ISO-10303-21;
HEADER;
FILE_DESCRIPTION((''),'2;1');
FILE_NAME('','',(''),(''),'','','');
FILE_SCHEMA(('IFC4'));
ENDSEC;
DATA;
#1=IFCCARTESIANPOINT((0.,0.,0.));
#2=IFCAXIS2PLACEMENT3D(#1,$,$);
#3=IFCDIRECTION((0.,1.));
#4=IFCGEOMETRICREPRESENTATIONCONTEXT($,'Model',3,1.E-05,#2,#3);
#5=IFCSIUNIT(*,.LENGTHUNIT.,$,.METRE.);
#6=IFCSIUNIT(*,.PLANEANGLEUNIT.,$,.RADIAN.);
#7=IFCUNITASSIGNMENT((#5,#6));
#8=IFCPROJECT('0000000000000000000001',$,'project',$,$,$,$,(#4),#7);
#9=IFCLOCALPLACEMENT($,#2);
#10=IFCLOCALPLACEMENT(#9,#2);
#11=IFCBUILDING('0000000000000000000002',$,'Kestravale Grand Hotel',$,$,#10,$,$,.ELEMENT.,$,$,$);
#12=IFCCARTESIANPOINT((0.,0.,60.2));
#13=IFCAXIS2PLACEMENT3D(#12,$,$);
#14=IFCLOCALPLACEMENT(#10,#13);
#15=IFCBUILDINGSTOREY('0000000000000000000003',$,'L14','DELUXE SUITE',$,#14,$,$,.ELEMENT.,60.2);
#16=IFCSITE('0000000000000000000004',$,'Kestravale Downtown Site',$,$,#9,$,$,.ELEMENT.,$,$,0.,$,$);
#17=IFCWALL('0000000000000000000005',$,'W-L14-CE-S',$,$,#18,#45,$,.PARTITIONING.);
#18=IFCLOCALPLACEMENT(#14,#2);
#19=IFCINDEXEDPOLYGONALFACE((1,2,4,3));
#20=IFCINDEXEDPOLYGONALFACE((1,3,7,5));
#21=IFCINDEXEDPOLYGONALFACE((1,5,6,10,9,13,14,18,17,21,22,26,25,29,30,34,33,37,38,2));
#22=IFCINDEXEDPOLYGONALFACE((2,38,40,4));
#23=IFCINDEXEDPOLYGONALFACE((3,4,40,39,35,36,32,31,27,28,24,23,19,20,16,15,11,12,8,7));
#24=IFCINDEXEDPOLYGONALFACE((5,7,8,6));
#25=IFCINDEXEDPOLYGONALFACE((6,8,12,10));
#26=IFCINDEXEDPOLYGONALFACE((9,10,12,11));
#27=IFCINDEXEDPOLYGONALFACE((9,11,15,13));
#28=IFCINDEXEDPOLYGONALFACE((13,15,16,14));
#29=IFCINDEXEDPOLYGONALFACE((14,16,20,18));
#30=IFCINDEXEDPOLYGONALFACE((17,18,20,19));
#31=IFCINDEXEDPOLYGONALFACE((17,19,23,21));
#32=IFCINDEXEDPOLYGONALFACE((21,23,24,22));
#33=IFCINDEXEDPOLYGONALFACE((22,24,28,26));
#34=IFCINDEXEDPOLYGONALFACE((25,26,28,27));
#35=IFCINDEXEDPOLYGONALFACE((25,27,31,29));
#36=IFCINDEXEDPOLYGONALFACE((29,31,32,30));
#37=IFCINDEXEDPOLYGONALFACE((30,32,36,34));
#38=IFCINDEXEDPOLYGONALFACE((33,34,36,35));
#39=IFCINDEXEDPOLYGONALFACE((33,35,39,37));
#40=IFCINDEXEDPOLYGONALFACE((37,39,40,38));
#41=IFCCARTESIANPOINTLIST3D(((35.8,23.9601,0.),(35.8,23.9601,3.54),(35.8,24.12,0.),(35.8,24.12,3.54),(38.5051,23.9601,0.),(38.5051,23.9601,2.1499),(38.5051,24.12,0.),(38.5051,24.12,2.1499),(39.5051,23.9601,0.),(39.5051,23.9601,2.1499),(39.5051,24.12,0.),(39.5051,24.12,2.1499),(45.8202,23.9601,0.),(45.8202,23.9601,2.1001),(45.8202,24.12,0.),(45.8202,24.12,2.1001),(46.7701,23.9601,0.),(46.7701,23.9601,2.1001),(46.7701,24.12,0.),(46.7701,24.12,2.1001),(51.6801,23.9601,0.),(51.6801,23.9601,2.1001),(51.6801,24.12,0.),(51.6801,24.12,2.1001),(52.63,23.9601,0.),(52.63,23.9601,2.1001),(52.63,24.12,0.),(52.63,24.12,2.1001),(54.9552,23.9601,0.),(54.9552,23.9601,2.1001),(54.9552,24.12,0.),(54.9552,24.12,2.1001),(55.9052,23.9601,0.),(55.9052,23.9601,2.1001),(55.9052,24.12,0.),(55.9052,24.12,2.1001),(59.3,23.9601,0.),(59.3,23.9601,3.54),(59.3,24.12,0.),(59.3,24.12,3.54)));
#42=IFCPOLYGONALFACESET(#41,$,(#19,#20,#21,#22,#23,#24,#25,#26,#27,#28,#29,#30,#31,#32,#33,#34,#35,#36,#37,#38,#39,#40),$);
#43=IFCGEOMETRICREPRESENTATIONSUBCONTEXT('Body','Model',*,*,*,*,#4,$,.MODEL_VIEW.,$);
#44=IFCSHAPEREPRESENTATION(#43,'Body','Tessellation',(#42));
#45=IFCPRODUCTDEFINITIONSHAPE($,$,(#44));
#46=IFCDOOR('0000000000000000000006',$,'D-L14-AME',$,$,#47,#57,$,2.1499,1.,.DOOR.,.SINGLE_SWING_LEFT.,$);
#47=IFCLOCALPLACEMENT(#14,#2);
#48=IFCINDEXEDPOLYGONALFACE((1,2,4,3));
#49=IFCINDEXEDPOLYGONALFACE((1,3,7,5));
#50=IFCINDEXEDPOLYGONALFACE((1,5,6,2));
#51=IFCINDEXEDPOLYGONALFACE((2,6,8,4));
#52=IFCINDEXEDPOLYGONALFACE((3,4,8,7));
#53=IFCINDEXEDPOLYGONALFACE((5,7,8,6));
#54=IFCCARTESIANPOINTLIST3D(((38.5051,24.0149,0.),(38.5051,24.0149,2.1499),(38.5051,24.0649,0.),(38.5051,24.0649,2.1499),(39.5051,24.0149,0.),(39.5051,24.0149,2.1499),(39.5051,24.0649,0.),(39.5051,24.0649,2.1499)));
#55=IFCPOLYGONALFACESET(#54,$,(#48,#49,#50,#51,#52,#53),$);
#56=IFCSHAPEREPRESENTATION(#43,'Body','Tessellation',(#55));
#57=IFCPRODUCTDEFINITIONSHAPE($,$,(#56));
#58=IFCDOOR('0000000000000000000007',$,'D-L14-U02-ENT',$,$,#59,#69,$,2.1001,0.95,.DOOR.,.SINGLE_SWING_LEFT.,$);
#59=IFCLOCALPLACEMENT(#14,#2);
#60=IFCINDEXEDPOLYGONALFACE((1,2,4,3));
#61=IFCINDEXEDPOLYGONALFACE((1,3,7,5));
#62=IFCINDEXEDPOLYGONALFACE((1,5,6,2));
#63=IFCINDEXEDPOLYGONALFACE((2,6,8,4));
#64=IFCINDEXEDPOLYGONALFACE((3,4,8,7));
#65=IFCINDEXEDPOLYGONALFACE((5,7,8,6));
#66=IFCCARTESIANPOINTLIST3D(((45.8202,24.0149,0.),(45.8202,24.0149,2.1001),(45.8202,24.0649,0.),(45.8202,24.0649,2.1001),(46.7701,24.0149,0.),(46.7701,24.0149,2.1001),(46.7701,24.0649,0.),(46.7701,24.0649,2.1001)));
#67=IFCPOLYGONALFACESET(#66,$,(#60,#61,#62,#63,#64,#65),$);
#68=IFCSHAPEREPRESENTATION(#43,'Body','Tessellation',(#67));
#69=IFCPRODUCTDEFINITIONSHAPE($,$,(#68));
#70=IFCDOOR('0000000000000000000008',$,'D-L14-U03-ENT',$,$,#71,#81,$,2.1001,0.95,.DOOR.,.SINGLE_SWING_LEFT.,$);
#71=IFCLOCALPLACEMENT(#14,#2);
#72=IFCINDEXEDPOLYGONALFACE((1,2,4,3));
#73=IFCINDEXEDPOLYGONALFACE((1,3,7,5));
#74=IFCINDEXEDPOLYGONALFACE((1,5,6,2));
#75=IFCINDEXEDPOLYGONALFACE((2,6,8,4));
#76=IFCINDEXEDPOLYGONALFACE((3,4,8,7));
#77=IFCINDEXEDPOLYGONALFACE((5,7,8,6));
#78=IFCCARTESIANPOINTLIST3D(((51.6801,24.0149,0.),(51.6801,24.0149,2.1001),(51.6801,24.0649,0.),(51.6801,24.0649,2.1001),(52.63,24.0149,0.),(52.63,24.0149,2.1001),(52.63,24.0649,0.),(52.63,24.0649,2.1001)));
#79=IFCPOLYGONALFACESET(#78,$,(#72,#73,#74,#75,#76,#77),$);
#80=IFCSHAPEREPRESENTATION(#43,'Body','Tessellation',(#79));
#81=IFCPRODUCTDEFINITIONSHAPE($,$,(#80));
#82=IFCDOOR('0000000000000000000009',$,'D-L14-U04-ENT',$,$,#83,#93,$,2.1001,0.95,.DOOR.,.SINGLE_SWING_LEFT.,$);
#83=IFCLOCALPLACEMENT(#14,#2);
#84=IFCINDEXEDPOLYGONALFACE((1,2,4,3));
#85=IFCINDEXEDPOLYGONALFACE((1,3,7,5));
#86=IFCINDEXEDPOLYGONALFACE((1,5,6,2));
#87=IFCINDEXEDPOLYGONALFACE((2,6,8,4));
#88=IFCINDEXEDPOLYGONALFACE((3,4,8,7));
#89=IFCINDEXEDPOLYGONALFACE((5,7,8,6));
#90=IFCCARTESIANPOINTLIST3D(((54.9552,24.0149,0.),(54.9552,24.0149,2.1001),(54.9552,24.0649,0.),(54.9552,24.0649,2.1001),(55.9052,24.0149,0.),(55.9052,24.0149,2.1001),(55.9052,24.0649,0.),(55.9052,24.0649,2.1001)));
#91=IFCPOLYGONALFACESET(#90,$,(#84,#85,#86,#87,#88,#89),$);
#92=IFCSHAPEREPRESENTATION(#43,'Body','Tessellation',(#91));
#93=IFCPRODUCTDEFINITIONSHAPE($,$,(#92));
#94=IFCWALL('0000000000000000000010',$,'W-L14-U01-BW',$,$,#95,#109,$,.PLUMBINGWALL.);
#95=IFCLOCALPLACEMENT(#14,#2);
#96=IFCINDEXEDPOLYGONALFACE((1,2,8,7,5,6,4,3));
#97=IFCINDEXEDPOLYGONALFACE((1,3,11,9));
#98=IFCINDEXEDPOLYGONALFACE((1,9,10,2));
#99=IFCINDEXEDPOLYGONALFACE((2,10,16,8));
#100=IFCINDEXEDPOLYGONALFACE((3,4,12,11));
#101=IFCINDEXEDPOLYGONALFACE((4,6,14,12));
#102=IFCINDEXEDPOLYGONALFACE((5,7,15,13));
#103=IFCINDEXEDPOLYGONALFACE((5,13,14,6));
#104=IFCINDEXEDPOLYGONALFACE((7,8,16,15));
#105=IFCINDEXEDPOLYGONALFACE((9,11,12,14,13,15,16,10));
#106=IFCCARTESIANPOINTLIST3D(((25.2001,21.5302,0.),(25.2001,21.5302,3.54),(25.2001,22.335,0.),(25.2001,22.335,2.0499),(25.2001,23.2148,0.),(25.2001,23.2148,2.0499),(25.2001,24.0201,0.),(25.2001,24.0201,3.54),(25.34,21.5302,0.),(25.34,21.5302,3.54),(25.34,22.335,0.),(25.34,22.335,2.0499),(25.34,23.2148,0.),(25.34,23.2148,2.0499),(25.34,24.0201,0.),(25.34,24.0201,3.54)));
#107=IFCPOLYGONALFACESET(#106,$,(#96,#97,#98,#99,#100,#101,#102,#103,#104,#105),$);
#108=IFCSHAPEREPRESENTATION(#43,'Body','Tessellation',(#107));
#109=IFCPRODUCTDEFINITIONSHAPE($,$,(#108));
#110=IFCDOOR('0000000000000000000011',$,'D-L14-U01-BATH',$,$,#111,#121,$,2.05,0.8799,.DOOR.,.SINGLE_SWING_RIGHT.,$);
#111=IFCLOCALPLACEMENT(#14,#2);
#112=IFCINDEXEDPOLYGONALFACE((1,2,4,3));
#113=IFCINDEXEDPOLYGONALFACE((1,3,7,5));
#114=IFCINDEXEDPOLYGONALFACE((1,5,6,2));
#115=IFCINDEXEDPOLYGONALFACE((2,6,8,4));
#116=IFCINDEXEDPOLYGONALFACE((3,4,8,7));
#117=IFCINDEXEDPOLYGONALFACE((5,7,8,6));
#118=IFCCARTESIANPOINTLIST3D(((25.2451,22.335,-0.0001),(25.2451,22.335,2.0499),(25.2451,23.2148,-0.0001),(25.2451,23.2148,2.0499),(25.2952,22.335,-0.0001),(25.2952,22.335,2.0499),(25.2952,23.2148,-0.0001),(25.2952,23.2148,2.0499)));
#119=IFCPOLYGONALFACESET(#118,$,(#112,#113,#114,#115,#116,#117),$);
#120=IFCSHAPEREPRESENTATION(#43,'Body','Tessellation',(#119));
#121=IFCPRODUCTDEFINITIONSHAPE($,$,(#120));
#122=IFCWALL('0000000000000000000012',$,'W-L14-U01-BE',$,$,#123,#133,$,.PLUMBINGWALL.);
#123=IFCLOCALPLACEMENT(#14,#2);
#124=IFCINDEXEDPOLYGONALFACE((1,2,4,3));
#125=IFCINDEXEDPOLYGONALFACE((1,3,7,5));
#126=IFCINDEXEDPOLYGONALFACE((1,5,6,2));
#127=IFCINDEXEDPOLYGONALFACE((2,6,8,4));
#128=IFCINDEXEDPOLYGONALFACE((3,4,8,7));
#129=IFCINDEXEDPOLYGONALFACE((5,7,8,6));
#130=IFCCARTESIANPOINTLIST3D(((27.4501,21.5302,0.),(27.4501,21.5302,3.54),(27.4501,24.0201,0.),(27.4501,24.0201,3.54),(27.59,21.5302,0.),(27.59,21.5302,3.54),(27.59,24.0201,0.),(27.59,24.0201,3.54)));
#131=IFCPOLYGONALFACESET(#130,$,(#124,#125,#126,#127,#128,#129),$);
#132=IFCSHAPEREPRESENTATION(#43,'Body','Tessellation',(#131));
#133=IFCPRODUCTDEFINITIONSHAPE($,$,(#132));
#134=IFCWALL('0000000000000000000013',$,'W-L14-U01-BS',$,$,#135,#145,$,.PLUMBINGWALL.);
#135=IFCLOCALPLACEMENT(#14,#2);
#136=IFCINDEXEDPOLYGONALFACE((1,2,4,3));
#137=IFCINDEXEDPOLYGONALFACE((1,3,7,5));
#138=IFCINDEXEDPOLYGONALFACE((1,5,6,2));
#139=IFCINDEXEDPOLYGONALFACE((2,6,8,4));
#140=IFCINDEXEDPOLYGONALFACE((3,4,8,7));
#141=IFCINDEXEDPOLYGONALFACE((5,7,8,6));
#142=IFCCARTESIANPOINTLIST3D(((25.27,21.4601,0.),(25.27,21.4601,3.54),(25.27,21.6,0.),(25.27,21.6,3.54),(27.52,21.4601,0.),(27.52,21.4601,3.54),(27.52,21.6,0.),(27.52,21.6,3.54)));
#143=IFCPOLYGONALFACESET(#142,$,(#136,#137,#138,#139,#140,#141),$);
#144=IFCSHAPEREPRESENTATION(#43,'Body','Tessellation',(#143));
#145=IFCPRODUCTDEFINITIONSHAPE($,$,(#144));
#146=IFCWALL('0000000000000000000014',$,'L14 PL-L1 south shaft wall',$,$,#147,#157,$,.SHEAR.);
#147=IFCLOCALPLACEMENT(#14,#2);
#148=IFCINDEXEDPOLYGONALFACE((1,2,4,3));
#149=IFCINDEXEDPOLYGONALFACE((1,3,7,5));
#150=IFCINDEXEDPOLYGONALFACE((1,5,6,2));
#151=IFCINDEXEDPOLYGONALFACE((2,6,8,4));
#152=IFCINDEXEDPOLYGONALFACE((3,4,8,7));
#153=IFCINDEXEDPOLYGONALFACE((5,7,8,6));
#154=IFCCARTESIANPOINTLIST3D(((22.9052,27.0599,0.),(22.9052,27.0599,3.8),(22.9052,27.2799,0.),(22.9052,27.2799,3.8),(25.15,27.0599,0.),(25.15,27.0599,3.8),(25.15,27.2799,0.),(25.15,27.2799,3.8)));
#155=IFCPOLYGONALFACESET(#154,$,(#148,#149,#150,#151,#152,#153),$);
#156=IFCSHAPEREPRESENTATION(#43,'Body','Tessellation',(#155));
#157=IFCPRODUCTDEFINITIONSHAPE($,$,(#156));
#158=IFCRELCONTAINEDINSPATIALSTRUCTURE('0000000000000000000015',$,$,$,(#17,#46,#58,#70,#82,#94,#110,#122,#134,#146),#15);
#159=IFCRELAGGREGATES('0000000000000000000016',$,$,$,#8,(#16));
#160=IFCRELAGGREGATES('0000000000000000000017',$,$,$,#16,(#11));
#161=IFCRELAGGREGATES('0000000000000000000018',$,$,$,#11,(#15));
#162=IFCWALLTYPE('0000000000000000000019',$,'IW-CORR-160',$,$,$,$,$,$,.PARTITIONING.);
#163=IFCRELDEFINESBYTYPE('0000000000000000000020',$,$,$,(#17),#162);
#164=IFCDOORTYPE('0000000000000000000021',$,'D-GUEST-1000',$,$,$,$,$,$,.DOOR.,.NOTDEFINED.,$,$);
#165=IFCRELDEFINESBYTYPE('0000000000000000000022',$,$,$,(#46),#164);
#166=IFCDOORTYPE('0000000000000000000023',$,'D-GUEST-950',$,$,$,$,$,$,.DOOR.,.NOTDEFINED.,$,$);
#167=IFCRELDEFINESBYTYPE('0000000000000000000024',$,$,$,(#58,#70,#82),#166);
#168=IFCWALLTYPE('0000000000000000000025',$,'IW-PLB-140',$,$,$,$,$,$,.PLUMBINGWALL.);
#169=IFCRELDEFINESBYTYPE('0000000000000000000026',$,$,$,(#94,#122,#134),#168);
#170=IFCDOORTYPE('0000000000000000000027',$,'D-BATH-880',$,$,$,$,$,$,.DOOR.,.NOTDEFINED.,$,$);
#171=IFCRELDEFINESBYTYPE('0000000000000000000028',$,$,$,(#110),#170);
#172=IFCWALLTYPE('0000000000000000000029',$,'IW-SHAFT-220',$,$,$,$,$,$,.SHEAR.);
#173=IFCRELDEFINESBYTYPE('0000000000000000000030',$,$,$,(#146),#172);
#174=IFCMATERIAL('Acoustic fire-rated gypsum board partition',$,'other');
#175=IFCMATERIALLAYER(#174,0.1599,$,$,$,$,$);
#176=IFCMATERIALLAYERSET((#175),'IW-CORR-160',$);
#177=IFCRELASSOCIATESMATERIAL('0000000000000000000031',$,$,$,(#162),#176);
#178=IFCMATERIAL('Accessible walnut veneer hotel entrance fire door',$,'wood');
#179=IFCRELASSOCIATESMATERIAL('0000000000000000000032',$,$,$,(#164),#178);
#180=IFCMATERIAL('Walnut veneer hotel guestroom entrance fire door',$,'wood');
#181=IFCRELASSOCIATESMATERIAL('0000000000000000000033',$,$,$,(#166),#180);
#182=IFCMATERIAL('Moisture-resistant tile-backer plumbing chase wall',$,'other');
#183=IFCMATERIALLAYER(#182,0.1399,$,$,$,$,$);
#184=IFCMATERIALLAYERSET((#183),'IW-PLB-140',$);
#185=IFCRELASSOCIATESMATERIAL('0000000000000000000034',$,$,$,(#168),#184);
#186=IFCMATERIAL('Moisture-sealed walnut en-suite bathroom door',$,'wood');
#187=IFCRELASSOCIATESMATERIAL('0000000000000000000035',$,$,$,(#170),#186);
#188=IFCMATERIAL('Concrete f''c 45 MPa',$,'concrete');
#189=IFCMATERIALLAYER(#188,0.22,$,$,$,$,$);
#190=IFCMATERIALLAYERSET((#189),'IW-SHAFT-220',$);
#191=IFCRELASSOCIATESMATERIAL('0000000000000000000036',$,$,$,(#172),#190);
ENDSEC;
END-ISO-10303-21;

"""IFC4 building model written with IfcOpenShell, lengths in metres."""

from ifc_helpers import new_model, si_unit, direction, frame, frame_2d, origin, place, context, subcontext, project, spatial, rectangle, extrude, material, layer, layer_set, type_object, element, fill, save


model = new_model("IFC4")

# Units and contexts
model_context = context("Model", 3, precision=1e-05, world=origin(), true_north=direction((0.0, 1.0)))
body_context = subcontext(model_context, "Body", "Model", "MODEL_VIEW")
ifc_project = project(units=[si_unit("LENGTHUNIT", "METRE"), si_unit("PLANEANGLEUNIT", "RADIAN")], contexts=[model_context])

# Site, building, storey
site_placement = place(None, origin())
site = spatial("IfcSite", under=ifc_project, at=site_placement, Name="Kestravale Downtown Site", CompositionType="ELEMENT", RefElevation=0.0)
building_placement = place(site_placement, origin())
building = spatial("IfcBuilding", under=site, at=building_placement, Name="Kestravale Grand Hotel", CompositionType="ELEMENT")
storey_placement = place(building_placement, frame((0.0, 0.0, 60.2)))
storey = spatial("IfcBuildingStorey", under=building, at=storey_placement, Name="L14", Description="DELUXE SUITE", CompositionType="ELEMENT", Elevation=60.2)

# Shared definitions
ifc_material_1 = material(Name="Acoustic fire-rated gypsum board partition", Category="other")
ifc_layer_1 = layer(ifc_material_1, 0.1599)
ifc_layer_set_1 = layer_set([ifc_layer_1], Name="IW-CORR-160")
wall_type_1 = type_object("IfcWallType", Name="IW-CORR-160", PredefinedType="PARTITIONING", material=ifc_layer_set_1)

# Wall, openings, doors
wall_1_placement = place(storey_placement, frame((35.8, 24.04, 0.0), z_axis=(0.0, 0.0, 1.0), x_axis=(1.0, 0.0, 0.0)))
wall_1 = element("IfcWall", 1, at=wall_1_placement, inside=storey, type_object=wall_type_1, Name="W-L14-CE-S", PredefinedType="PARTITIONING", context=body_context, shape_type="SweptSolid", body=[
    extrude(rectangle(XDim=23.5, YDim=0.1599, at=frame_2d((11.75, 0.0))), origin(), (0.0, 0.0, 1.0), 3.54),
])
opening_1_placement = place(wall_1_placement, frame((2.7051, 0.0, 0.0)))
opening_1 = element("IfcOpeningElement", 2, at=opening_1_placement, cuts=wall_1, PredefinedType="OPENING", context=body_context, shape_type="SweptSolid", body=[
    extrude(rectangle(XDim=1.0, YDim=2.1499, at=frame_2d((0.5, 1.075))), frame((0.0, 0.0898, 0.0), z_axis=(0.0, -1.0, 0.0), x_axis=(1.0, 0.0, 0.0)), (0.0, 0.0, 1.0), 0.1799),
])
opening_2_placement = place(wall_1_placement, frame((10.02, 0.0, 0.0)))
opening_2 = element("IfcOpeningElement", 3, at=opening_2_placement, cuts=wall_1, PredefinedType="OPENING", context=body_context, shape_type="SweptSolid", body=[
    extrude(rectangle(XDim=0.95, YDim=2.1001, at=frame_2d((0.4751, 1.05))), frame((0.0, 0.0898, 0.0), z_axis=(0.0, -1.0, 0.0), x_axis=(1.0, 0.0, 0.0)), (0.0, 0.0, 1.0), 0.1799),
])
opening_3_placement = place(wall_1_placement, frame((15.8799, 0.0, 0.0)))
opening_3 = element("IfcOpeningElement", 4, at=opening_3_placement, cuts=wall_1, PredefinedType="OPENING", context=body_context, shape_type="SweptSolid", body=[
    extrude(rectangle(XDim=0.95, YDim=2.1001, at=frame_2d((0.4751, 1.05))), frame((0.0, 0.0898, 0.0), z_axis=(0.0, -1.0, 0.0), x_axis=(1.0, 0.0, 0.0)), (0.0, 0.0, 1.0), 0.1799),
])
opening_4_placement = place(wall_1_placement, frame((19.155, 0.0, 0.0)))
opening_4 = element("IfcOpeningElement", 5, at=opening_4_placement, cuts=wall_1, PredefinedType="OPENING", context=body_context, shape_type="SweptSolid", body=[
    extrude(rectangle(XDim=0.95, YDim=2.1001, at=frame_2d((0.4751, 1.05))), frame((0.0, 0.0898, 0.0), z_axis=(0.0, -1.0, 0.0), x_axis=(1.0, 0.0, 0.0)), (0.0, 0.0, 1.0), 0.1799),
])
ifc_material_2 = material(Name="Accessible walnut veneer hotel entrance fire door", Category="wood")
door_type_1 = type_object("IfcDoorType", Name="D-GUEST-1000", OperationType="NOTDEFINED", PredefinedType="DOOR", material=ifc_material_2)
door_1_placement = place(opening_1_placement, origin())
door_1 = element("IfcDoor", 6, at=door_1_placement, inside=storey, type_object=door_type_1, Name="D-L14-AME", OperationType="SINGLE_SWING_LEFT", OverallHeight=2.1499, OverallWidth=1.0, PredefinedType="DOOR", context=body_context, shape_type="SweptSolid", body=[
    extrude(rectangle(XDim=1.0, YDim=2.1499, at=frame_2d((0.5, 1.075))), frame((0.0, 0.0249, 0.0), z_axis=(0.0, -1.0, 0.0), x_axis=(1.0, 0.0, 0.0)), (0.0, 0.0, 1.0), 0.05),
])
fill(opening_1, door_1)
ifc_material_3 = material(Name="Walnut veneer hotel guestroom entrance fire door", Category="wood")
door_type_2 = type_object("IfcDoorType", Name="D-GUEST-950", OperationType="NOTDEFINED", PredefinedType="DOOR", material=ifc_material_3)
door_2_placement = place(opening_2_placement, origin())
door_2 = element("IfcDoor", 7, at=door_2_placement, inside=storey, type_object=door_type_2, Name="D-L14-U02-ENT", OperationType="SINGLE_SWING_LEFT", OverallHeight=2.1001, OverallWidth=0.95, PredefinedType="DOOR", context=body_context, shape_type="SweptSolid", body=[
    extrude(rectangle(XDim=0.95, YDim=2.1001, at=frame_2d((0.4751, 1.05))), frame((0.0, 0.0249, 0.0), z_axis=(0.0, -1.0, 0.0), x_axis=(1.0, 0.0, 0.0)), (0.0, 0.0, 1.0), 0.05),
])
fill(opening_2, door_2)
door_3_placement = place(opening_3_placement, origin())
door_3 = element("IfcDoor", 8, at=door_3_placement, inside=storey, type_object=door_type_2, Name="D-L14-U03-ENT", OperationType="SINGLE_SWING_LEFT", OverallHeight=2.1001, OverallWidth=0.95, PredefinedType="DOOR", context=body_context, shape_type="SweptSolid", body=[
    extrude(rectangle(XDim=0.95, YDim=2.1001, at=frame_2d((0.4751, 1.05))), frame((0.0, 0.0249, 0.0), z_axis=(0.0, -1.0, 0.0), x_axis=(1.0, 0.0, 0.0)), (0.0, 0.0, 1.0), 0.05),
])
fill(opening_3, door_3)
door_4_placement = place(opening_4_placement, origin())
door_4 = element("IfcDoor", 9, at=door_4_placement, inside=storey, type_object=door_type_2, Name="D-L14-U04-ENT", OperationType="SINGLE_SWING_LEFT", OverallHeight=2.1001, OverallWidth=0.95, PredefinedType="DOOR", context=body_context, shape_type="SweptSolid", body=[
    extrude(rectangle(XDim=0.95, YDim=2.1001, at=frame_2d((0.4751, 1.05))), frame((0.0, 0.0249, 0.0), z_axis=(0.0, -1.0, 0.0), x_axis=(1.0, 0.0, 0.0)), (0.0, 0.0, 1.0), 0.05),
])
fill(opening_4, door_4)

# Wall, opening, door
ifc_material_4 = material(Name="Moisture-resistant tile-backer plumbing chase wall", Category="other")
ifc_layer_2 = layer(ifc_material_4, 0.1399)
ifc_layer_set_2 = layer_set([ifc_layer_2], Name="IW-PLB-140")
wall_type_2 = type_object("IfcWallType", Name="IW-PLB-140", PredefinedType="PLUMBINGWALL", material=ifc_layer_set_2)
wall_2_placement = place(storey_placement, frame((25.27, 21.53, 0.0), z_axis=(0.0, 0.0, 1.0), x_axis=(0.0, 1.0, 0.0)))
wall_2 = element("IfcWall", 10, at=wall_2_placement, inside=storey, type_object=wall_type_2, Name="W-L14-U01-BW", PredefinedType="PLUMBINGWALL", context=body_context, shape_type="SweptSolid", body=[
    extrude(rectangle(XDim=2.49, YDim=0.1399, at=frame_2d((1.2451, 0.0))), origin(), (0.0, 0.0, 1.0), 3.54),
])
opening_5_placement = place(wall_2_placement, frame((0.8049, 0.0, 0.0)))
opening_5 = element("IfcOpeningElement", 11, at=opening_5_placement, cuts=wall_2, PredefinedType="OPENING", context=body_context, shape_type="SweptSolid", body=[
    extrude(rectangle(XDim=0.8799, YDim=2.05, at=frame_2d((0.4399, 1.0249))), frame((0.0, 0.0798, 0.0), z_axis=(0.0, -1.0, 0.0), x_axis=(1.0, 0.0, 0.0)), (0.0, 0.0, 1.0), 0.1599),
])
ifc_material_5 = material(Name="Moisture-sealed walnut en-suite bathroom door", Category="wood")
door_type_3 = type_object("IfcDoorType", Name="D-BATH-880", OperationType="NOTDEFINED", PredefinedType="DOOR", material=ifc_material_5)
door_5_placement = place(opening_5_placement, origin())
door_5 = element("IfcDoor", 12, at=door_5_placement, inside=storey, type_object=door_type_3, Name="D-L14-U01-BATH", OperationType="SINGLE_SWING_RIGHT", OverallHeight=2.05, OverallWidth=0.8799, PredefinedType="DOOR", context=body_context, shape_type="SweptSolid", body=[
    extrude(rectangle(XDim=0.8799, YDim=2.05, at=frame_2d((0.4399, 1.0249))), frame((0.0, 0.0249, 0.0), z_axis=(0.0, -1.0, 0.0), x_axis=(1.0, 0.0, 0.0)), (0.0, 0.0, 1.0), 0.05),
])
fill(opening_5, door_5)

# Walls
wall_3_placement = place(storey_placement, frame((27.52, 21.53, 0.0), z_axis=(0.0, 0.0, 1.0), x_axis=(0.0, 1.0, 0.0)))
element("IfcWall", 13, at=wall_3_placement, inside=storey, type_object=wall_type_2, Name="W-L14-U01-BE", PredefinedType="PLUMBINGWALL", context=body_context, shape_type="SweptSolid", body=[
    extrude(rectangle(XDim=2.49, YDim=0.1399, at=frame_2d((1.2451, 0.0))), origin(), (0.0, 0.0, 1.0), 3.54),
])
wall_4_placement = place(storey_placement, frame((25.27, 21.53, 0.0), z_axis=(0.0, 0.0, 1.0), x_axis=(1.0, 0.0, 0.0)))
element("IfcWall", 14, at=wall_4_placement, inside=storey, type_object=wall_type_2, Name="W-L14-U01-BS", PredefinedType="PLUMBINGWALL", context=body_context, shape_type="SweptSolid", body=[
    extrude(rectangle(XDim=2.25, YDim=0.1399, at=frame_2d((1.125, 0.0))), origin(), (0.0, 0.0, 1.0), 3.54),
])
ifc_material_6 = material(Name="Concrete f'c 45 MPa", Category="concrete")
ifc_layer_3 = layer(ifc_material_6, 0.22)
ifc_layer_set_3 = layer_set([ifc_layer_3], Name="IW-SHAFT-220")
wall_type_3 = type_object("IfcWallType", Name="IW-SHAFT-220", PredefinedType="SHEAR", material=ifc_layer_set_3)
wall_5_placement = place(storey_placement, frame((22.905, 27.1699, 0.0), z_axis=(0.0, 0.0, 1.0), x_axis=(1.0, 0.0, 0.0)))
element("IfcWall", 15, at=wall_5_placement, inside=storey, type_object=wall_type_3, Name="L14 PL-L1 south shaft wall", PredefinedType="SHEAR", context=body_context, shape_type="SweptSolid", body=[
    extrude(rectangle(XDim=2.2449, YDim=0.22, at=frame_2d((1.1226, 0.0))), origin(), (0.0, 0.0, 1.0), 3.8),
])

save(model, "model.ifc")
